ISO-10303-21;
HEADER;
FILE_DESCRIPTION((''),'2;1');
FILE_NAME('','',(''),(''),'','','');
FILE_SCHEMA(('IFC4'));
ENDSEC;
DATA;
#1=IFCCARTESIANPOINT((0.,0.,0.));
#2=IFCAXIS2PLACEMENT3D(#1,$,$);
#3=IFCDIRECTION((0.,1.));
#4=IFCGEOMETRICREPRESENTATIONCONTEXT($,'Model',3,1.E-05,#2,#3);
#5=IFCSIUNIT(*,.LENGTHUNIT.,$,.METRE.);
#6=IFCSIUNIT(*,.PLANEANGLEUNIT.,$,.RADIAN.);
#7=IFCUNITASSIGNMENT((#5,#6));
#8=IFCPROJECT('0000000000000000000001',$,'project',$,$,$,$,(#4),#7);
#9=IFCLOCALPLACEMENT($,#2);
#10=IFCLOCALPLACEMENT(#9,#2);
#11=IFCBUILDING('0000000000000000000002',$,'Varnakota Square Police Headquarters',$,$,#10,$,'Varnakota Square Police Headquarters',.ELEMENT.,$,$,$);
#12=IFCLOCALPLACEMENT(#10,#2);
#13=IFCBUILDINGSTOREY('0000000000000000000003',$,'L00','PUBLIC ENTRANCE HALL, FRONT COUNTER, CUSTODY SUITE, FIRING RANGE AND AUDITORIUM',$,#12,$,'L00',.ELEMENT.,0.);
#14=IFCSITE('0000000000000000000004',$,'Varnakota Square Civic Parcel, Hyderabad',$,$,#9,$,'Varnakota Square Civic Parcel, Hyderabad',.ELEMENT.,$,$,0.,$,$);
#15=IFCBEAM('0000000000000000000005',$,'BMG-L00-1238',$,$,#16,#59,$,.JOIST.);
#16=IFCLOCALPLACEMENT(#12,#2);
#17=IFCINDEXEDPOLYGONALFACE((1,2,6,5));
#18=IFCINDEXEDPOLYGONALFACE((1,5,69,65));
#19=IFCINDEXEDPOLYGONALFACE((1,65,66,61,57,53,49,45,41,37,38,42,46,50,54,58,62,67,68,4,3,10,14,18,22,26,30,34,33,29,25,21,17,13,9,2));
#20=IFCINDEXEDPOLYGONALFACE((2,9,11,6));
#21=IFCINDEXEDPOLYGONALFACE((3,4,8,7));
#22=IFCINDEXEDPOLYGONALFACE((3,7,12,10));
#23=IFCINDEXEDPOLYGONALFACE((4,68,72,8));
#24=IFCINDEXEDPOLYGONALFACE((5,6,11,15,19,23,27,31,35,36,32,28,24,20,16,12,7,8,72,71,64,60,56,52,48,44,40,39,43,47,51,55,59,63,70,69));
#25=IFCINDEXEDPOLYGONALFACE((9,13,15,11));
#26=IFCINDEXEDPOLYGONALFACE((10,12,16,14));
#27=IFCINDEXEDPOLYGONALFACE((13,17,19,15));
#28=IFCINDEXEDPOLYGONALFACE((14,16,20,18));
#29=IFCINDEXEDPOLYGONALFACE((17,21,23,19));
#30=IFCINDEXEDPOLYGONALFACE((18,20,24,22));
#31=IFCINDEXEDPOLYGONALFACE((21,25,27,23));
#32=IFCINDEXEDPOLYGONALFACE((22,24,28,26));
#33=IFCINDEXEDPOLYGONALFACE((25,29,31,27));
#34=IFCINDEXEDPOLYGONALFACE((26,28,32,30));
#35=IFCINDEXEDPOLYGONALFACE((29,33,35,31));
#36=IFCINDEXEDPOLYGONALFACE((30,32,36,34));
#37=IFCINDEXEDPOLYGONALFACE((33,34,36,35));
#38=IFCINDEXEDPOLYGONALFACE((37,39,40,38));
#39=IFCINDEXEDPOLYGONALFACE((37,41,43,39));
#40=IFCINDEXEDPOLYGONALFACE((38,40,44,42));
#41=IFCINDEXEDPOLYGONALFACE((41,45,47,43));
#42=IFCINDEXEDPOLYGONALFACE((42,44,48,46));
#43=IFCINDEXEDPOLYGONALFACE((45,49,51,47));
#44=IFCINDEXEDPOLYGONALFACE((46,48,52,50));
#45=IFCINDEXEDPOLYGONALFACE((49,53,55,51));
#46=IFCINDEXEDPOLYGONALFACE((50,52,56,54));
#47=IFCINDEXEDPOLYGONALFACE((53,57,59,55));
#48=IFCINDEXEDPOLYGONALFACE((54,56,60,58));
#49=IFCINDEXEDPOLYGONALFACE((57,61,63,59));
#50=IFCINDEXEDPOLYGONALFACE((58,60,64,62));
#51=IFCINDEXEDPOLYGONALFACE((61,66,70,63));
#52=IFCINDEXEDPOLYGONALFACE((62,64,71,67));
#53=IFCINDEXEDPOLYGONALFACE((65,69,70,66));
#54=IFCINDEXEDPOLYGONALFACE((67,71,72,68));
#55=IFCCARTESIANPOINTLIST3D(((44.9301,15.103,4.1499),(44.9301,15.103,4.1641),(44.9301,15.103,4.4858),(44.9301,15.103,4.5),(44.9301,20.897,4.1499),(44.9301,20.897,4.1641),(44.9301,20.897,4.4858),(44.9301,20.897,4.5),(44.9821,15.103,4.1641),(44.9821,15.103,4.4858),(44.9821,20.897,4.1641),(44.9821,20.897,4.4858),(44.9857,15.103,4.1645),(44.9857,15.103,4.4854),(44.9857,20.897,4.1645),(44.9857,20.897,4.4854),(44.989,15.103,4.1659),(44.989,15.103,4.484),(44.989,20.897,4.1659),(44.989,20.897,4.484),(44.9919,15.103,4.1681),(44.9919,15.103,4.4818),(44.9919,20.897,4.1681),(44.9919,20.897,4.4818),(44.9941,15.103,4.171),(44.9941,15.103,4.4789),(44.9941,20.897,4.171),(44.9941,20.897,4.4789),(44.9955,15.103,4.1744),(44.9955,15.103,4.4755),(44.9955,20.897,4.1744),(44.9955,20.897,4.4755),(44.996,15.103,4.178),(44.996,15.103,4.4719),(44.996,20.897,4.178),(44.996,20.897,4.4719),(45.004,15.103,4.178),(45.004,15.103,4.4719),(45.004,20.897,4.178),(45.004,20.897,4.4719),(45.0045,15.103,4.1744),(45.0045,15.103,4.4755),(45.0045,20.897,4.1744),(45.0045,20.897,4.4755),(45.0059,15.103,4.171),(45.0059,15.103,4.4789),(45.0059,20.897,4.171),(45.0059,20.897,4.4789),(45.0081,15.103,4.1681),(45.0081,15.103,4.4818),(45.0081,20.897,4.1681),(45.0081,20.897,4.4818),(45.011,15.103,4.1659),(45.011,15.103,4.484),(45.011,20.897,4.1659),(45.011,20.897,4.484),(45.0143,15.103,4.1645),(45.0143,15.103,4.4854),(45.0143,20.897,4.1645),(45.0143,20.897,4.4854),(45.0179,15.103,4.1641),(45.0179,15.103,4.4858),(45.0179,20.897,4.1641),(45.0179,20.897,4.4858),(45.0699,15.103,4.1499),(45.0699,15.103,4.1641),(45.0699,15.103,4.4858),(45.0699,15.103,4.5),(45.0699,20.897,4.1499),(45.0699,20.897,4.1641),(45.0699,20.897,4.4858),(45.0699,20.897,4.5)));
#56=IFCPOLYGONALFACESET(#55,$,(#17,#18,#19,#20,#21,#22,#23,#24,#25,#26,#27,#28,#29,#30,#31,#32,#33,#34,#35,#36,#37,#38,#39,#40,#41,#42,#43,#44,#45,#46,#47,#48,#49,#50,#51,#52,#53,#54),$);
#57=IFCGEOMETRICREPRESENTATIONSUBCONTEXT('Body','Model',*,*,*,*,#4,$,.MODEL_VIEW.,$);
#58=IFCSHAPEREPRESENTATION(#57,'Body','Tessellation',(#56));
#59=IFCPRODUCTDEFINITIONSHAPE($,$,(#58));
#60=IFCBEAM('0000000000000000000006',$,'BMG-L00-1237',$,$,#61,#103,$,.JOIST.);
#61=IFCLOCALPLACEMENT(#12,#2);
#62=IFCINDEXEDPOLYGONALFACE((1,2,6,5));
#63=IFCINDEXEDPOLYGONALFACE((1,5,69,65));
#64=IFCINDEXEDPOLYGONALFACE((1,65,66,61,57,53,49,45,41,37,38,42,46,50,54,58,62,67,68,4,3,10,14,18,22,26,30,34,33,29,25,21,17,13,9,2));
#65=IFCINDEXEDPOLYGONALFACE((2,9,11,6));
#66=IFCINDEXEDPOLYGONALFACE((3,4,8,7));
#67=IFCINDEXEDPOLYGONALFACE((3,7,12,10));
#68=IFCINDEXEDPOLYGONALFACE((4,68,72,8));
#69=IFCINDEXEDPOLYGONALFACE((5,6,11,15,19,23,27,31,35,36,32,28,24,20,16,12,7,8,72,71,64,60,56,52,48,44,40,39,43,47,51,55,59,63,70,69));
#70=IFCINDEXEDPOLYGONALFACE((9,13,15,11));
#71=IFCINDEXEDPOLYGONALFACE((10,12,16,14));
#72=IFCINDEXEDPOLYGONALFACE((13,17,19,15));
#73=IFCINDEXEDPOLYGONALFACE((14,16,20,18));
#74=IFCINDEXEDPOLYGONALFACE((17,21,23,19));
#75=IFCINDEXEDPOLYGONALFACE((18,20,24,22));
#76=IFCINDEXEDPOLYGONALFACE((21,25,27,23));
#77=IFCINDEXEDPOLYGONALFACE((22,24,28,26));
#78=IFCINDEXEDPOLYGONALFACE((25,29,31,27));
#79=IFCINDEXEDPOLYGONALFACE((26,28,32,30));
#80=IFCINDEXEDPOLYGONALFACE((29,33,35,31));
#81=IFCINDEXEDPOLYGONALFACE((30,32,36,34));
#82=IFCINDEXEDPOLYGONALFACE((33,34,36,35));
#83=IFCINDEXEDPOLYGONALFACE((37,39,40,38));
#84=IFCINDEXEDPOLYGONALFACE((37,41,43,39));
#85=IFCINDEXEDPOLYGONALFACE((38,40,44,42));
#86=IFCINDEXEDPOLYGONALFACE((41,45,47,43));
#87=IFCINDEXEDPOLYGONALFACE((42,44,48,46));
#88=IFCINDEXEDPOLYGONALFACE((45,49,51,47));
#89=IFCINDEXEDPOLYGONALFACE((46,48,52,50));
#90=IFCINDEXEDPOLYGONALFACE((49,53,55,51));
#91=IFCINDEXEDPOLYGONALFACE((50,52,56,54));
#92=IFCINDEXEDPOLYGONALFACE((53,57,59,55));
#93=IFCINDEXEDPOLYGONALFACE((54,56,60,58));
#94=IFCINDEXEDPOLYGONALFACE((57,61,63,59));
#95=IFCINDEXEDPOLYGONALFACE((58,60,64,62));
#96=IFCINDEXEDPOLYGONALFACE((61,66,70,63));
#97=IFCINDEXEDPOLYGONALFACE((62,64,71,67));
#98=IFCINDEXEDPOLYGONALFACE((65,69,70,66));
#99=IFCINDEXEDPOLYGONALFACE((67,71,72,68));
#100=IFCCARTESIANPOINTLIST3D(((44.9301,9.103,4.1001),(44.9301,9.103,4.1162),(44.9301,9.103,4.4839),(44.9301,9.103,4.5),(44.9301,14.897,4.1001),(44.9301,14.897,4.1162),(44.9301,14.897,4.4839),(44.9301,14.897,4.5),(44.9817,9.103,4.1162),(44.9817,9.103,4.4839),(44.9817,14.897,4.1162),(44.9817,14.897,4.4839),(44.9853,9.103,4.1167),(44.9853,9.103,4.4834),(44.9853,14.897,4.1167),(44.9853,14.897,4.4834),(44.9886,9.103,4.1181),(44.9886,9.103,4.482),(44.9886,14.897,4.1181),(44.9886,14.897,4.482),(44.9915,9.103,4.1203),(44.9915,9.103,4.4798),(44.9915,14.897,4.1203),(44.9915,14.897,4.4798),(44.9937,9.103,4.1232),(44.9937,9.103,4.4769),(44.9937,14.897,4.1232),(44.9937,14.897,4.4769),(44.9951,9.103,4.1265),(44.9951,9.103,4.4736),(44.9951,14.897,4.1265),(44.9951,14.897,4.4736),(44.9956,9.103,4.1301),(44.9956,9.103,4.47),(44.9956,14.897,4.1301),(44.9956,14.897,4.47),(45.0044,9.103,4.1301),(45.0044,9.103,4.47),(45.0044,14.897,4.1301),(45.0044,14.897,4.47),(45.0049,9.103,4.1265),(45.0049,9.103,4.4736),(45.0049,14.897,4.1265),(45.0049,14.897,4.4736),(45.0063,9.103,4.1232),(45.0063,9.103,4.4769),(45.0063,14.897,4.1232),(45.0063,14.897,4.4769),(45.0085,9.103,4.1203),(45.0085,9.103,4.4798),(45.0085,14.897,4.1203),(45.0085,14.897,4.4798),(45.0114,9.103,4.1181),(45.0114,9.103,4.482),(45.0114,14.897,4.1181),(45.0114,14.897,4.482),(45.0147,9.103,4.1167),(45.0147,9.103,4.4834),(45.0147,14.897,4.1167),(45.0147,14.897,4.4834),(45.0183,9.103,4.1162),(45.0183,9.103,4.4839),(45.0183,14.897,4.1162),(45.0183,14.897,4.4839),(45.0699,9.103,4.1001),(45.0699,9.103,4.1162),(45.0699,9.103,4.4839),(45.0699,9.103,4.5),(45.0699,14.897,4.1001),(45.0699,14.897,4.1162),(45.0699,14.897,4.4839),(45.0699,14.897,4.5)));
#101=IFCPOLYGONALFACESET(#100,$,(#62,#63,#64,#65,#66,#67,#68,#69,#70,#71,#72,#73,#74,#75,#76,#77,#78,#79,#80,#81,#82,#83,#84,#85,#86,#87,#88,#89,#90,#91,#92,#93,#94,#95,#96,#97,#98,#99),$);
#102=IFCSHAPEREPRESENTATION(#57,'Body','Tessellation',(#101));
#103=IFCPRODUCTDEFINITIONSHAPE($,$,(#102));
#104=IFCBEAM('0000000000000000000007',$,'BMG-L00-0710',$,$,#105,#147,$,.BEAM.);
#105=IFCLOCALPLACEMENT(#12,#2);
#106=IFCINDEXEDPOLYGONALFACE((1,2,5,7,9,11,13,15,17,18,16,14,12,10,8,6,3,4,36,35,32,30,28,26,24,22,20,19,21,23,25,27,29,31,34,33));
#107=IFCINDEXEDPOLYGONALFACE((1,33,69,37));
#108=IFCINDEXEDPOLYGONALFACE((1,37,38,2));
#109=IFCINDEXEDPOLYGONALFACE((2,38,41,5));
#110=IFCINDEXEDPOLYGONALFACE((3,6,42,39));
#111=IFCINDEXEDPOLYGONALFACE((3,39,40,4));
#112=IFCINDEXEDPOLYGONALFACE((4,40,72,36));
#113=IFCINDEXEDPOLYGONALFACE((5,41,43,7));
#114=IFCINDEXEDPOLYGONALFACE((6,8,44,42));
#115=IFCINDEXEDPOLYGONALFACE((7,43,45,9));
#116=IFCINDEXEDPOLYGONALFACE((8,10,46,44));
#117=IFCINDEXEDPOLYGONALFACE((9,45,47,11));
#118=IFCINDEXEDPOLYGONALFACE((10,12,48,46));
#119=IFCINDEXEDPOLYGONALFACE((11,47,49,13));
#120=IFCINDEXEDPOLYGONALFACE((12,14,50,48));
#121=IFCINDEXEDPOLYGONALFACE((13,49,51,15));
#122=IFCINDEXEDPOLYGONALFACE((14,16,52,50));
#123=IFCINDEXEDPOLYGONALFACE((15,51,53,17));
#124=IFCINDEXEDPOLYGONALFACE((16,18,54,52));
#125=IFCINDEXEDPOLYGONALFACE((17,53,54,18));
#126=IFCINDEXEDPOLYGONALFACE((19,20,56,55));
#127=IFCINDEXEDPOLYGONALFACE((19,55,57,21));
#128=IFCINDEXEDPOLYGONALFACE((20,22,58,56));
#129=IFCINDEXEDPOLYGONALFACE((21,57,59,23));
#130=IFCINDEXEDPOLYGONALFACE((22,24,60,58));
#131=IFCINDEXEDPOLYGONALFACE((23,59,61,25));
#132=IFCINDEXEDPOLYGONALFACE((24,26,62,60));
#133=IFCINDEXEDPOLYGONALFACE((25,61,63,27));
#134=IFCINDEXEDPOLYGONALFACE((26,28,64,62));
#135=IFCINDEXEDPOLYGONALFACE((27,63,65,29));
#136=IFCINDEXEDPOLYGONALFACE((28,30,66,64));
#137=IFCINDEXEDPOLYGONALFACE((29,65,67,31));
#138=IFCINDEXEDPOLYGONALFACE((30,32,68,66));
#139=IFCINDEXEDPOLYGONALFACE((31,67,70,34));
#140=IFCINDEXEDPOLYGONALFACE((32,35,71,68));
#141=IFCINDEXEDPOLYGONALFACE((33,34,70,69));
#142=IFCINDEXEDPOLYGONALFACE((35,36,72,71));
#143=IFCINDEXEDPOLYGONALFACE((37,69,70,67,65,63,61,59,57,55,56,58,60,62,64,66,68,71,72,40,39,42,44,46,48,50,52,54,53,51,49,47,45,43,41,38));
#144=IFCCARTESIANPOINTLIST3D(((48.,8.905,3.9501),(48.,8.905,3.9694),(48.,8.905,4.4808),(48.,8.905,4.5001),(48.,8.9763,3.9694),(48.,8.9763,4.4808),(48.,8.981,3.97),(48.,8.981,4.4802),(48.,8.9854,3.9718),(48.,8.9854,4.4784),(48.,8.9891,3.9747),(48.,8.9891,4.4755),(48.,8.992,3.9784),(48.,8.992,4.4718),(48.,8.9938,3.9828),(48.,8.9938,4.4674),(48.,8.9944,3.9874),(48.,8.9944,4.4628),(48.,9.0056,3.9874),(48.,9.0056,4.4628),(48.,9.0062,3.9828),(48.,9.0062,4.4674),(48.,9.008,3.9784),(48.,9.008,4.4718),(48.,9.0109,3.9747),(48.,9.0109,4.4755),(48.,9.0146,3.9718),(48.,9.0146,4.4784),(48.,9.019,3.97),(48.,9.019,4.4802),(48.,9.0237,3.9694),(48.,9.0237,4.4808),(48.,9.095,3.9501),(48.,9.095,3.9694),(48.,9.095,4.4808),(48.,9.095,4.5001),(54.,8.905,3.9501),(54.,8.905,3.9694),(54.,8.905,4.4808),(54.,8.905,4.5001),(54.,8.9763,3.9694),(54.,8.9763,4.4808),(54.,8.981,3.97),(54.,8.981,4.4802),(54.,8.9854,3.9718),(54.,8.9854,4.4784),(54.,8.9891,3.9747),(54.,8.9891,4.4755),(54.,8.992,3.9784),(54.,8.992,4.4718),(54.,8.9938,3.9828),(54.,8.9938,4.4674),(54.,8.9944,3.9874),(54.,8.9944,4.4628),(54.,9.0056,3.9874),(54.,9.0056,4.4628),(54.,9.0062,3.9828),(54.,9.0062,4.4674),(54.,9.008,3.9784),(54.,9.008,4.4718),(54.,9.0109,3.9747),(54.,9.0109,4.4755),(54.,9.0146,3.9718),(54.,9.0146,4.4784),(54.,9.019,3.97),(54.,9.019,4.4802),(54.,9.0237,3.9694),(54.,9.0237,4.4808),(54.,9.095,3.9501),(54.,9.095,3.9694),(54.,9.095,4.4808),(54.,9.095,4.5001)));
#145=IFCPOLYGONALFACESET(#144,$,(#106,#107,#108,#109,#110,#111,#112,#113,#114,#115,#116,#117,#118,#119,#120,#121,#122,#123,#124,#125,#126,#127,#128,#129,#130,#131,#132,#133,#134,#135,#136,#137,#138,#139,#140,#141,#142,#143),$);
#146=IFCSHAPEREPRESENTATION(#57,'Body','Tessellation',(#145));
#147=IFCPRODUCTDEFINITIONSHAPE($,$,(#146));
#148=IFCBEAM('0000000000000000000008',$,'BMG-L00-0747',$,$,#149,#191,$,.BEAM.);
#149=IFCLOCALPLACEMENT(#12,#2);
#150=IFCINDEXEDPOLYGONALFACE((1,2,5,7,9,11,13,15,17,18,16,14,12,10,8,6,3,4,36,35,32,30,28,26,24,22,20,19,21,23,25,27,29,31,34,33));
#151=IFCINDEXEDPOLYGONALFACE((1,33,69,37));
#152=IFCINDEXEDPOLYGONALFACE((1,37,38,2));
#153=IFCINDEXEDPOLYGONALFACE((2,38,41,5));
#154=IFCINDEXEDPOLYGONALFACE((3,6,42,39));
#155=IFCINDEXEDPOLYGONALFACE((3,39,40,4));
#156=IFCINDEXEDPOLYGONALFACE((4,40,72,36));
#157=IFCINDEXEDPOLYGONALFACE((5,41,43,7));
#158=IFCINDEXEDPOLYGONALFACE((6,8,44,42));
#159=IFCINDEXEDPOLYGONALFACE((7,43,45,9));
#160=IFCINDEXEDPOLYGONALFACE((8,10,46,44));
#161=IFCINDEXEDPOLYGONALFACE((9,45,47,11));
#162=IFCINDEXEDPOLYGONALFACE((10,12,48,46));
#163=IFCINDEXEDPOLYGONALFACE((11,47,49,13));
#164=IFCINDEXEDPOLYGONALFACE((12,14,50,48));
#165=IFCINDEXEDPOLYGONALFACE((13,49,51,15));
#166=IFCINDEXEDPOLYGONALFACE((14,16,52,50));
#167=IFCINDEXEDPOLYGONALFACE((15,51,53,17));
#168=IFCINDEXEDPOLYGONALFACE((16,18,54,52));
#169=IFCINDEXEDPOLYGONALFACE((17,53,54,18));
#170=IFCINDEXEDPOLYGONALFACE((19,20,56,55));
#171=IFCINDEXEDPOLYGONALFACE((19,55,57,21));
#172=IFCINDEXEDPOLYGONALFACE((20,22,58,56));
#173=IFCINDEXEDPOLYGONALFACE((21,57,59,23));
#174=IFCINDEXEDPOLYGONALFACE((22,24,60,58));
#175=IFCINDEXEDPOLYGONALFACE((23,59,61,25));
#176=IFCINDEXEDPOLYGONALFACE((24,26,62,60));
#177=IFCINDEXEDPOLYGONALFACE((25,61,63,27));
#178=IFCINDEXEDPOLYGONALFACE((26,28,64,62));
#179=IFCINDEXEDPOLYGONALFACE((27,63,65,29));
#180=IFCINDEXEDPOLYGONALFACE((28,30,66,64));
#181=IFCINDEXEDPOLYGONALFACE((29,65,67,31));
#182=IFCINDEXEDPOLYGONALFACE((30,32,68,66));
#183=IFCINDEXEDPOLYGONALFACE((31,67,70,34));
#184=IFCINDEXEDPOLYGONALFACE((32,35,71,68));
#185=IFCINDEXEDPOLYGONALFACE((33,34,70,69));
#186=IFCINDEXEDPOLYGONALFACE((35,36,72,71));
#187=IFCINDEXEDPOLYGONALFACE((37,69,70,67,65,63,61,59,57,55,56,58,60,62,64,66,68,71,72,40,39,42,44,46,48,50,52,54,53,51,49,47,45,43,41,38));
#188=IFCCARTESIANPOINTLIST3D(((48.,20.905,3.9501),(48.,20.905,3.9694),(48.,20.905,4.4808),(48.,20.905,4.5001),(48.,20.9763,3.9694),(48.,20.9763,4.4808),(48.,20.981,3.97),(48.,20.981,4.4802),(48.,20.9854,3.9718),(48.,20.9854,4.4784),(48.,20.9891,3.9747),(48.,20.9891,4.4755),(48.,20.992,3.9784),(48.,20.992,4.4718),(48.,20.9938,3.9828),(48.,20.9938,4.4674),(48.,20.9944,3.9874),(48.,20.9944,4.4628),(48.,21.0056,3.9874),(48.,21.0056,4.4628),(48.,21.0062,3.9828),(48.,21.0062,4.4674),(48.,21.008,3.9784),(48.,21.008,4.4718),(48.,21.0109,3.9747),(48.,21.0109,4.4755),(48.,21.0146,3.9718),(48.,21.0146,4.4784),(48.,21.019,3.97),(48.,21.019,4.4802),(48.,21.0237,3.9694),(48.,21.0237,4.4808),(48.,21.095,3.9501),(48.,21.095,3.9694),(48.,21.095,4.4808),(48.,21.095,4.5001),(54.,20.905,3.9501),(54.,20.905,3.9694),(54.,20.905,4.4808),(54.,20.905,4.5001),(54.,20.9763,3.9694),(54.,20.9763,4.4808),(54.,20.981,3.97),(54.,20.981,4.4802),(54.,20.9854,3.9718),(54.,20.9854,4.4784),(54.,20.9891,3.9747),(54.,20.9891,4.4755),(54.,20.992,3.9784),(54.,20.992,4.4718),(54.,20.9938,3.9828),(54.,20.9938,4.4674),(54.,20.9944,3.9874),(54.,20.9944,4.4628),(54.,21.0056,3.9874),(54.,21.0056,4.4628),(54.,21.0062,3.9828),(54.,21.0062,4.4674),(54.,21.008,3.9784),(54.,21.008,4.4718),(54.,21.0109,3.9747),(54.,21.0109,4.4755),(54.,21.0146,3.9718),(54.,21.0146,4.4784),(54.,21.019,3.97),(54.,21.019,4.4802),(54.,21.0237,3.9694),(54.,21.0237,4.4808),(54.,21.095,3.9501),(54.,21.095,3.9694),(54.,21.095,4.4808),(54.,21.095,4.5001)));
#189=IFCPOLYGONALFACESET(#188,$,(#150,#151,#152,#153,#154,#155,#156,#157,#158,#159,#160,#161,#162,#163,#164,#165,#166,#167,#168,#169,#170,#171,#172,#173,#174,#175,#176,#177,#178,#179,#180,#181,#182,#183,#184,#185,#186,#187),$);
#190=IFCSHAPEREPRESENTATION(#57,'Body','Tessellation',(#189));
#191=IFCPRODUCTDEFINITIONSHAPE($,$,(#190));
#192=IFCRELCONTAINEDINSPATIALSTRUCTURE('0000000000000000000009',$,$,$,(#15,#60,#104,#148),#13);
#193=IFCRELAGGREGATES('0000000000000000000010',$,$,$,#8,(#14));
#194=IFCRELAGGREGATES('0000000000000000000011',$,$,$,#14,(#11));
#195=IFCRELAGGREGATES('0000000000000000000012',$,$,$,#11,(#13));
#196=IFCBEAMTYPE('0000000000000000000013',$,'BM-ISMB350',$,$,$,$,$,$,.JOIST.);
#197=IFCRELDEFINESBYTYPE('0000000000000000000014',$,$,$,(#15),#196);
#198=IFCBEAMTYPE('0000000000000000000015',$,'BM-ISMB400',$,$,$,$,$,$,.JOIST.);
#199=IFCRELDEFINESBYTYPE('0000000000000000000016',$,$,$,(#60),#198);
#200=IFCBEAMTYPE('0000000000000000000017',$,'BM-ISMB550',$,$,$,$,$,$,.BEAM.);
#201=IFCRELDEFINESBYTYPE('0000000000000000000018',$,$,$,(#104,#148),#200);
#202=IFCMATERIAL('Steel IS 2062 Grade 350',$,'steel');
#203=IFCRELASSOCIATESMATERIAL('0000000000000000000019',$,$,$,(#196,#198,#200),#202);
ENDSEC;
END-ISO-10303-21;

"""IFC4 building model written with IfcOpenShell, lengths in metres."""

from ifc_helpers import new_model, si_unit, direction, frame, origin, origin_2d, place, context, subcontext, project, spatial, i_section, extrude, material, material_profile, profile_set, type_object, element, save


model = new_model("IFC4")

# Units and contexts
model_context = context("Model", 3, precision=1e-05, world=origin(), true_north=direction((0.0, 1.0)))
body_context = subcontext(model_context, "Body", "Model", "MODEL_VIEW")
ifc_project = project(units=[si_unit("LENGTHUNIT", "METRE"), si_unit("PLANEANGLEUNIT", "RADIAN")], contexts=[model_context])

# Site, building, storey
site_placement = place(None, origin())
site = spatial("IfcSite", under=ifc_project, at=site_placement, Name="Varnakota Square Civic Parcel, Hyderabad", LongName="Varnakota Square Civic Parcel, Hyderabad", CompositionType="ELEMENT", RefElevation=0.0)
building_placement = place(site_placement, origin())
building = spatial("IfcBuilding", under=site, at=building_placement, Name="Varnakota Square Police Headquarters", LongName="Varnakota Square Police Headquarters", CompositionType="ELEMENT")
storey_placement = place(building_placement, origin())
storey = spatial("IfcBuildingStorey", under=building, at=storey_placement, Name="L00", Description="PUBLIC ENTRANCE HALL, FRONT COUNTER, CUSTODY SUITE, FIRING RANGE AND AUDITORIUM", LongName="L00", CompositionType="ELEMENT", Elevation=0.0)

# Beams
ifc_material_1 = material(Name="Steel IS 2062 Grade 350", Category="steel")
ifc_material_profile_1 = material_profile(ifc_material_1, i_section(OverallWidth=0.1399, OverallDepth=0.3501, WebThickness=0.0081, FlangeThickness=0.0142, FilletRadius=0.0139, at=origin_2d()), Name="ISMB 350")
ifc_profile_set_1 = profile_set([ifc_material_profile_1], Name="Steel IS 2062 Grade 350")
beam_type_1 = type_object("IfcBeamType", Name="BM-ISMB350", PredefinedType="JOIST", material=ifc_profile_set_1)
beam_1_placement = place(storey_placement, frame((45.0, 15.103, 4.325), z_axis=(0.0, 1.0, 0.0), x_axis=(-1.0, 0.0, 0.0)))
element("IfcBeam", 1, at=beam_1_placement, inside=storey, type_object=beam_type_1, Name="BMG-L00-1238", PredefinedType="JOIST", context=body_context, shape_type="SweptSolid", body=[
    extrude(i_section(OverallWidth=0.1399, OverallDepth=0.3501, WebThickness=0.0081, FlangeThickness=0.0142, FilletRadius=0.0139, at=origin_2d()), origin(), (0.0, 0.0, 1.0), 5.7939),
])
ifc_material_profile_2 = material_profile(ifc_material_1, i_section(OverallWidth=0.1399, OverallDepth=0.3999, WebThickness=0.0088, FlangeThickness=0.0161, FilletRadius=0.0139, at=origin_2d()), Name="ISMB 400")
ifc_profile_set_2 = profile_set([ifc_material_profile_2], Name="Steel IS 2062 Grade 350")
beam_type_2 = type_object("IfcBeamType", Name="BM-ISMB400", PredefinedType="JOIST", material=ifc_profile_set_2)
beam_2_placement = place(storey_placement, frame((45.0, 9.103, 4.3), z_axis=(0.0, 1.0, 0.0), x_axis=(-1.0, 0.0, 0.0)))
element("IfcBeam", 2, at=beam_2_placement, inside=storey, type_object=beam_type_2, Name="BMG-L00-1237", PredefinedType="JOIST", context=body_context, shape_type="SweptSolid", body=[
    extrude(i_section(OverallWidth=0.1399, OverallDepth=0.3999, WebThickness=0.0088, FlangeThickness=0.0161, FilletRadius=0.0139, at=origin_2d()), origin(), (0.0, 0.0, 1.0), 5.7939),
])
ifc_material_profile_3 = material_profile(ifc_material_1, i_section(OverallWidth=0.1899, OverallDepth=0.55, WebThickness=0.0112, FlangeThickness=0.0193, FilletRadius=0.0181, at=origin_2d()), Name="ISMB 550")
ifc_profile_set_3 = profile_set([ifc_material_profile_3], Name="Steel IS 2062 Grade 350")
beam_type_3 = type_object("IfcBeamType", Name="BM-ISMB550", PredefinedType="BEAM", material=ifc_profile_set_3)
for number, where, z_axis, x_axis, name in (
    (3, (48.0, 9.0, 4.2251), (1.0, 0.0, 0.0), (0.0, 1.0, 0.0), "BMG-L00-0710"),
    (4, (48.0, 21.0, 4.2251), (1.0, 0.0, 0.0), (0.0, 1.0, 0.0), "BMG-L00-0747"),
):
    element("IfcBeam", number, at=place(storey_placement, frame(where, z_axis=z_axis, x_axis=x_axis)), inside=storey, type_object=beam_type_3, Name=name, PredefinedType="BEAM", context=body_context, shape_type="SweptSolid", body=[
        extrude(i_section(OverallWidth=0.1899, OverallDepth=0.55, WebThickness=0.0112, FlangeThickness=0.0193, FilletRadius=0.0181, at=origin_2d()), origin(), (0.0, 0.0, 1.0), 6.0),
    ])

save(model, "model.ifc")
